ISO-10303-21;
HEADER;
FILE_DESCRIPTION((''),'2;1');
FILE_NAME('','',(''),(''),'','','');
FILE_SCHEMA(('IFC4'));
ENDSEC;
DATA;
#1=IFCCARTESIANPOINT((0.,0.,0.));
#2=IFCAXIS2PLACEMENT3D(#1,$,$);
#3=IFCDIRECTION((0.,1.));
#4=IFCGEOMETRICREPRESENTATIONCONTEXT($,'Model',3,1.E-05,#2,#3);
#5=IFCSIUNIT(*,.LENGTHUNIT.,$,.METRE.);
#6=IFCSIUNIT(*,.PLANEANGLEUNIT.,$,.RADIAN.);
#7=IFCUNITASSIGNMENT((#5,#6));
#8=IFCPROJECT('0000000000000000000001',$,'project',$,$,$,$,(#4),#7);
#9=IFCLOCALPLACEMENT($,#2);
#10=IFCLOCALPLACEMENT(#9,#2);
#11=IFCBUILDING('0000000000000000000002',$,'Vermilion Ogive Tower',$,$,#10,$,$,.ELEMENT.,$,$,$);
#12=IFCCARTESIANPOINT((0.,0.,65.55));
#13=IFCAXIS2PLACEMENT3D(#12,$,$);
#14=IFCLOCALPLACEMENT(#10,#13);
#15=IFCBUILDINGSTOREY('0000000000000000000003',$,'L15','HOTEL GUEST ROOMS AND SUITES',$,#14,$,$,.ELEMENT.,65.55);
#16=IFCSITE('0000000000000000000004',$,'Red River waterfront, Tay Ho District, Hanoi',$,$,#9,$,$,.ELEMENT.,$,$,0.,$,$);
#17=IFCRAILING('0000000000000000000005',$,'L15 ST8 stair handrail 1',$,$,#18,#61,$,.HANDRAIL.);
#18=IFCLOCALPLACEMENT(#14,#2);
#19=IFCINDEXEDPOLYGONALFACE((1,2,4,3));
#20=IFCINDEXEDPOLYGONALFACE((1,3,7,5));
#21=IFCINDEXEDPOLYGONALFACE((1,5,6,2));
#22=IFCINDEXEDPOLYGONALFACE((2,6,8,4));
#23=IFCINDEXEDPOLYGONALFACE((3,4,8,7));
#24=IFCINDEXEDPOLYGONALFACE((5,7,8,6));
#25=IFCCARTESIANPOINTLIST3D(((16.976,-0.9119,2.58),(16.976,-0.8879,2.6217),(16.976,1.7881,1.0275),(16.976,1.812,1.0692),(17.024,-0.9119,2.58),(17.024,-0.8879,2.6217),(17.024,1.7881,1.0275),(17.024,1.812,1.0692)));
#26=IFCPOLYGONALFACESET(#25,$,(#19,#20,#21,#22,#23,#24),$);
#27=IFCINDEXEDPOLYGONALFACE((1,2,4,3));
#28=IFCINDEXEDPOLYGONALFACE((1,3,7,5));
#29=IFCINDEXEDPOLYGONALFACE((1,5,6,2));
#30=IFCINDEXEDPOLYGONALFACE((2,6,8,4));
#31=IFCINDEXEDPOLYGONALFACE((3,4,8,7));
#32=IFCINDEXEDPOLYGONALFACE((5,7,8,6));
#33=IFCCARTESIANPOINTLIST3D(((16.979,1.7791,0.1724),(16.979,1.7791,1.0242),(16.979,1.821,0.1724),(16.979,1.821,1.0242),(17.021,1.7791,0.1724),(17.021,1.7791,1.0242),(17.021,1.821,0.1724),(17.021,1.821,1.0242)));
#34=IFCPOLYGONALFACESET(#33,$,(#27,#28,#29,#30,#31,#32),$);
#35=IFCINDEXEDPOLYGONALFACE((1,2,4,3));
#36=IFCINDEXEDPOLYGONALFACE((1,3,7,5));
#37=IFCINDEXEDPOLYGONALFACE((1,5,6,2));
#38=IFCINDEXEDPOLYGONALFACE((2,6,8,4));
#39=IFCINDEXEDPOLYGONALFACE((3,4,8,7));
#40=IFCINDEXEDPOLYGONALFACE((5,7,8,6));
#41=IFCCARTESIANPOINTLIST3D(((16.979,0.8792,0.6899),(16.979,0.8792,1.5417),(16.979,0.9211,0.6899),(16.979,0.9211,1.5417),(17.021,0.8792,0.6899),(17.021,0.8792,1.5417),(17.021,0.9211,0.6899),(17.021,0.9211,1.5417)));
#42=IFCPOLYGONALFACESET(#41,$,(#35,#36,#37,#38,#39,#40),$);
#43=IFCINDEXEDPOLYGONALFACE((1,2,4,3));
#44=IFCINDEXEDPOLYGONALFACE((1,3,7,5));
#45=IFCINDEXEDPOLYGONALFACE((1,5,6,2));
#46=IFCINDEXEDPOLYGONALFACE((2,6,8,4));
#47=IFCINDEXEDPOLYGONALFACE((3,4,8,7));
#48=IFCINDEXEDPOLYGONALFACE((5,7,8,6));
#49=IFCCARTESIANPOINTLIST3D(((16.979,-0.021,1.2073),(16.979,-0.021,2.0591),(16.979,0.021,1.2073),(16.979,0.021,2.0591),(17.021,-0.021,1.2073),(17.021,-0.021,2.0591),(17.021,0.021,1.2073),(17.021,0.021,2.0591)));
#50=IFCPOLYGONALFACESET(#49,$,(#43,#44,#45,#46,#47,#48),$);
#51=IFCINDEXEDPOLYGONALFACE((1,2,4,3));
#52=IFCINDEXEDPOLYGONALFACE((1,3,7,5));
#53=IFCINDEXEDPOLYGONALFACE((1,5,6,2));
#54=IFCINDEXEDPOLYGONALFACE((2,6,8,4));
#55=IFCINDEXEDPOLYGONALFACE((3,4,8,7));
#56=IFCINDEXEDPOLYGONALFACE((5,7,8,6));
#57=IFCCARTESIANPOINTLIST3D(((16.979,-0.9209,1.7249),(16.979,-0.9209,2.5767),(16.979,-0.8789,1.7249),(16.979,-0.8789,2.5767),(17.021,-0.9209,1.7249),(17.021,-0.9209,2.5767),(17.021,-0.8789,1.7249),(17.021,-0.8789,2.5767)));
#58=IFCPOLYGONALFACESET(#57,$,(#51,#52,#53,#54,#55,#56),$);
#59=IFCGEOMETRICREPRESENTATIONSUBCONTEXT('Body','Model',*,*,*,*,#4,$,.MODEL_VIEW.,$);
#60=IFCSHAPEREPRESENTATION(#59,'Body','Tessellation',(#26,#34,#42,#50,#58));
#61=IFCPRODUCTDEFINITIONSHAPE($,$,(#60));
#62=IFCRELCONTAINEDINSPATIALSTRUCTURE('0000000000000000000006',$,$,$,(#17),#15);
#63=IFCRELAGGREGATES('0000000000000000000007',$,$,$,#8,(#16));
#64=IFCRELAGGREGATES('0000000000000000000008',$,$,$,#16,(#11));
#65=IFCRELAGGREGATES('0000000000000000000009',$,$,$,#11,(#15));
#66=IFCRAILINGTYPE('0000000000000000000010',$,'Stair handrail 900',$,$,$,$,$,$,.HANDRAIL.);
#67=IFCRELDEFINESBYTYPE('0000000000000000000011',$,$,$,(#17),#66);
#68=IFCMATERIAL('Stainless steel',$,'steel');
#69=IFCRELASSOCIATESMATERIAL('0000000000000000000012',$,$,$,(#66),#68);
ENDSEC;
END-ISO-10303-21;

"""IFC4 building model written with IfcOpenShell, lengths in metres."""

from ifc_helpers import new_model, si_unit, direction, frame, origin, origin_2d, place, context, subcontext, project, spatial, rectangle, extrude, material, type_object, element, save


model = new_model("IFC4")

# Units and contexts
model_context = context("Model", 3, precision=1e-05, world=origin(), true_north=direction((0.0, 1.0)))
body_context = subcontext(model_context, "Body", "Model", "MODEL_VIEW")
ifc_project = project(units=[si_unit("LENGTHUNIT", "METRE"), si_unit("PLANEANGLEUNIT", "RADIAN")], contexts=[model_context])

# Site, building, storey
site_placement = place(None, origin())
site = spatial("IfcSite", under=ifc_project, at=site_placement, Name="Red River waterfront, Tay Ho District, Hanoi", CompositionType="ELEMENT", RefElevation=0.0)
building_placement = place(site_placement, origin())
building = spatial("IfcBuilding", under=site, at=building_placement, Name="Vermilion Ogive Tower", CompositionType="ELEMENT")
storey_placement = place(building_placement, frame((0.0, 0.0, 65.55)))
storey = spatial("IfcBuildingStorey", under=building, at=storey_placement, Name="L15", Description="HOTEL GUEST ROOMS AND SUITES", CompositionType="ELEMENT", Elevation=65.55)

# Railing
ifc_material_1 = material(Name="Stainless steel", Category="steel")
railing_type_1 = type_object("IfcRailingType", Name="Stair handrail 900", PredefinedType="HANDRAIL", material=ifc_material_1)
railing_1_placement = place(storey_placement, frame((17.0, 1.8, 0.1724)))
element("IfcRailing", 1, at=railing_1_placement, inside=storey, type_object=railing_type_1, Name="L15 ST8 stair handrail 1", PredefinedType="HANDRAIL", context=body_context, shape_type="SweptSolid", body=[
    extrude(rectangle(XDim=0.0481, YDim=0.0481, at=origin_2d()), frame((0.0, 0.0, 0.876), z_axis=(0.0, -0.866904, 0.498476), x_axis=(1.0, 0.0, 0.0)), (0.0, 0.0, 1.0), 3.1145),
    extrude(rectangle(XDim=0.042, YDim=0.042, at=origin_2d()), origin(), (0.0, 0.0, 1.0), 0.8518),
    extrude(rectangle(XDim=0.042, YDim=0.042, at=origin_2d()), frame((0.0, -0.8999, 0.5176)), (0.0, 0.0, 1.0), 0.8518),
    extrude(rectangle(XDim=0.042, YDim=0.042, at=origin_2d()), frame((0.0, -1.8, 1.0349)), (0.0, 0.0, 1.0), 0.8518),
    extrude(rectangle(XDim=0.042, YDim=0.042, at=origin_2d()), frame((0.0, -2.7, 1.5525)), (0.0, 0.0, 1.0), 0.8518),
])

save(model, "model.ifc")
